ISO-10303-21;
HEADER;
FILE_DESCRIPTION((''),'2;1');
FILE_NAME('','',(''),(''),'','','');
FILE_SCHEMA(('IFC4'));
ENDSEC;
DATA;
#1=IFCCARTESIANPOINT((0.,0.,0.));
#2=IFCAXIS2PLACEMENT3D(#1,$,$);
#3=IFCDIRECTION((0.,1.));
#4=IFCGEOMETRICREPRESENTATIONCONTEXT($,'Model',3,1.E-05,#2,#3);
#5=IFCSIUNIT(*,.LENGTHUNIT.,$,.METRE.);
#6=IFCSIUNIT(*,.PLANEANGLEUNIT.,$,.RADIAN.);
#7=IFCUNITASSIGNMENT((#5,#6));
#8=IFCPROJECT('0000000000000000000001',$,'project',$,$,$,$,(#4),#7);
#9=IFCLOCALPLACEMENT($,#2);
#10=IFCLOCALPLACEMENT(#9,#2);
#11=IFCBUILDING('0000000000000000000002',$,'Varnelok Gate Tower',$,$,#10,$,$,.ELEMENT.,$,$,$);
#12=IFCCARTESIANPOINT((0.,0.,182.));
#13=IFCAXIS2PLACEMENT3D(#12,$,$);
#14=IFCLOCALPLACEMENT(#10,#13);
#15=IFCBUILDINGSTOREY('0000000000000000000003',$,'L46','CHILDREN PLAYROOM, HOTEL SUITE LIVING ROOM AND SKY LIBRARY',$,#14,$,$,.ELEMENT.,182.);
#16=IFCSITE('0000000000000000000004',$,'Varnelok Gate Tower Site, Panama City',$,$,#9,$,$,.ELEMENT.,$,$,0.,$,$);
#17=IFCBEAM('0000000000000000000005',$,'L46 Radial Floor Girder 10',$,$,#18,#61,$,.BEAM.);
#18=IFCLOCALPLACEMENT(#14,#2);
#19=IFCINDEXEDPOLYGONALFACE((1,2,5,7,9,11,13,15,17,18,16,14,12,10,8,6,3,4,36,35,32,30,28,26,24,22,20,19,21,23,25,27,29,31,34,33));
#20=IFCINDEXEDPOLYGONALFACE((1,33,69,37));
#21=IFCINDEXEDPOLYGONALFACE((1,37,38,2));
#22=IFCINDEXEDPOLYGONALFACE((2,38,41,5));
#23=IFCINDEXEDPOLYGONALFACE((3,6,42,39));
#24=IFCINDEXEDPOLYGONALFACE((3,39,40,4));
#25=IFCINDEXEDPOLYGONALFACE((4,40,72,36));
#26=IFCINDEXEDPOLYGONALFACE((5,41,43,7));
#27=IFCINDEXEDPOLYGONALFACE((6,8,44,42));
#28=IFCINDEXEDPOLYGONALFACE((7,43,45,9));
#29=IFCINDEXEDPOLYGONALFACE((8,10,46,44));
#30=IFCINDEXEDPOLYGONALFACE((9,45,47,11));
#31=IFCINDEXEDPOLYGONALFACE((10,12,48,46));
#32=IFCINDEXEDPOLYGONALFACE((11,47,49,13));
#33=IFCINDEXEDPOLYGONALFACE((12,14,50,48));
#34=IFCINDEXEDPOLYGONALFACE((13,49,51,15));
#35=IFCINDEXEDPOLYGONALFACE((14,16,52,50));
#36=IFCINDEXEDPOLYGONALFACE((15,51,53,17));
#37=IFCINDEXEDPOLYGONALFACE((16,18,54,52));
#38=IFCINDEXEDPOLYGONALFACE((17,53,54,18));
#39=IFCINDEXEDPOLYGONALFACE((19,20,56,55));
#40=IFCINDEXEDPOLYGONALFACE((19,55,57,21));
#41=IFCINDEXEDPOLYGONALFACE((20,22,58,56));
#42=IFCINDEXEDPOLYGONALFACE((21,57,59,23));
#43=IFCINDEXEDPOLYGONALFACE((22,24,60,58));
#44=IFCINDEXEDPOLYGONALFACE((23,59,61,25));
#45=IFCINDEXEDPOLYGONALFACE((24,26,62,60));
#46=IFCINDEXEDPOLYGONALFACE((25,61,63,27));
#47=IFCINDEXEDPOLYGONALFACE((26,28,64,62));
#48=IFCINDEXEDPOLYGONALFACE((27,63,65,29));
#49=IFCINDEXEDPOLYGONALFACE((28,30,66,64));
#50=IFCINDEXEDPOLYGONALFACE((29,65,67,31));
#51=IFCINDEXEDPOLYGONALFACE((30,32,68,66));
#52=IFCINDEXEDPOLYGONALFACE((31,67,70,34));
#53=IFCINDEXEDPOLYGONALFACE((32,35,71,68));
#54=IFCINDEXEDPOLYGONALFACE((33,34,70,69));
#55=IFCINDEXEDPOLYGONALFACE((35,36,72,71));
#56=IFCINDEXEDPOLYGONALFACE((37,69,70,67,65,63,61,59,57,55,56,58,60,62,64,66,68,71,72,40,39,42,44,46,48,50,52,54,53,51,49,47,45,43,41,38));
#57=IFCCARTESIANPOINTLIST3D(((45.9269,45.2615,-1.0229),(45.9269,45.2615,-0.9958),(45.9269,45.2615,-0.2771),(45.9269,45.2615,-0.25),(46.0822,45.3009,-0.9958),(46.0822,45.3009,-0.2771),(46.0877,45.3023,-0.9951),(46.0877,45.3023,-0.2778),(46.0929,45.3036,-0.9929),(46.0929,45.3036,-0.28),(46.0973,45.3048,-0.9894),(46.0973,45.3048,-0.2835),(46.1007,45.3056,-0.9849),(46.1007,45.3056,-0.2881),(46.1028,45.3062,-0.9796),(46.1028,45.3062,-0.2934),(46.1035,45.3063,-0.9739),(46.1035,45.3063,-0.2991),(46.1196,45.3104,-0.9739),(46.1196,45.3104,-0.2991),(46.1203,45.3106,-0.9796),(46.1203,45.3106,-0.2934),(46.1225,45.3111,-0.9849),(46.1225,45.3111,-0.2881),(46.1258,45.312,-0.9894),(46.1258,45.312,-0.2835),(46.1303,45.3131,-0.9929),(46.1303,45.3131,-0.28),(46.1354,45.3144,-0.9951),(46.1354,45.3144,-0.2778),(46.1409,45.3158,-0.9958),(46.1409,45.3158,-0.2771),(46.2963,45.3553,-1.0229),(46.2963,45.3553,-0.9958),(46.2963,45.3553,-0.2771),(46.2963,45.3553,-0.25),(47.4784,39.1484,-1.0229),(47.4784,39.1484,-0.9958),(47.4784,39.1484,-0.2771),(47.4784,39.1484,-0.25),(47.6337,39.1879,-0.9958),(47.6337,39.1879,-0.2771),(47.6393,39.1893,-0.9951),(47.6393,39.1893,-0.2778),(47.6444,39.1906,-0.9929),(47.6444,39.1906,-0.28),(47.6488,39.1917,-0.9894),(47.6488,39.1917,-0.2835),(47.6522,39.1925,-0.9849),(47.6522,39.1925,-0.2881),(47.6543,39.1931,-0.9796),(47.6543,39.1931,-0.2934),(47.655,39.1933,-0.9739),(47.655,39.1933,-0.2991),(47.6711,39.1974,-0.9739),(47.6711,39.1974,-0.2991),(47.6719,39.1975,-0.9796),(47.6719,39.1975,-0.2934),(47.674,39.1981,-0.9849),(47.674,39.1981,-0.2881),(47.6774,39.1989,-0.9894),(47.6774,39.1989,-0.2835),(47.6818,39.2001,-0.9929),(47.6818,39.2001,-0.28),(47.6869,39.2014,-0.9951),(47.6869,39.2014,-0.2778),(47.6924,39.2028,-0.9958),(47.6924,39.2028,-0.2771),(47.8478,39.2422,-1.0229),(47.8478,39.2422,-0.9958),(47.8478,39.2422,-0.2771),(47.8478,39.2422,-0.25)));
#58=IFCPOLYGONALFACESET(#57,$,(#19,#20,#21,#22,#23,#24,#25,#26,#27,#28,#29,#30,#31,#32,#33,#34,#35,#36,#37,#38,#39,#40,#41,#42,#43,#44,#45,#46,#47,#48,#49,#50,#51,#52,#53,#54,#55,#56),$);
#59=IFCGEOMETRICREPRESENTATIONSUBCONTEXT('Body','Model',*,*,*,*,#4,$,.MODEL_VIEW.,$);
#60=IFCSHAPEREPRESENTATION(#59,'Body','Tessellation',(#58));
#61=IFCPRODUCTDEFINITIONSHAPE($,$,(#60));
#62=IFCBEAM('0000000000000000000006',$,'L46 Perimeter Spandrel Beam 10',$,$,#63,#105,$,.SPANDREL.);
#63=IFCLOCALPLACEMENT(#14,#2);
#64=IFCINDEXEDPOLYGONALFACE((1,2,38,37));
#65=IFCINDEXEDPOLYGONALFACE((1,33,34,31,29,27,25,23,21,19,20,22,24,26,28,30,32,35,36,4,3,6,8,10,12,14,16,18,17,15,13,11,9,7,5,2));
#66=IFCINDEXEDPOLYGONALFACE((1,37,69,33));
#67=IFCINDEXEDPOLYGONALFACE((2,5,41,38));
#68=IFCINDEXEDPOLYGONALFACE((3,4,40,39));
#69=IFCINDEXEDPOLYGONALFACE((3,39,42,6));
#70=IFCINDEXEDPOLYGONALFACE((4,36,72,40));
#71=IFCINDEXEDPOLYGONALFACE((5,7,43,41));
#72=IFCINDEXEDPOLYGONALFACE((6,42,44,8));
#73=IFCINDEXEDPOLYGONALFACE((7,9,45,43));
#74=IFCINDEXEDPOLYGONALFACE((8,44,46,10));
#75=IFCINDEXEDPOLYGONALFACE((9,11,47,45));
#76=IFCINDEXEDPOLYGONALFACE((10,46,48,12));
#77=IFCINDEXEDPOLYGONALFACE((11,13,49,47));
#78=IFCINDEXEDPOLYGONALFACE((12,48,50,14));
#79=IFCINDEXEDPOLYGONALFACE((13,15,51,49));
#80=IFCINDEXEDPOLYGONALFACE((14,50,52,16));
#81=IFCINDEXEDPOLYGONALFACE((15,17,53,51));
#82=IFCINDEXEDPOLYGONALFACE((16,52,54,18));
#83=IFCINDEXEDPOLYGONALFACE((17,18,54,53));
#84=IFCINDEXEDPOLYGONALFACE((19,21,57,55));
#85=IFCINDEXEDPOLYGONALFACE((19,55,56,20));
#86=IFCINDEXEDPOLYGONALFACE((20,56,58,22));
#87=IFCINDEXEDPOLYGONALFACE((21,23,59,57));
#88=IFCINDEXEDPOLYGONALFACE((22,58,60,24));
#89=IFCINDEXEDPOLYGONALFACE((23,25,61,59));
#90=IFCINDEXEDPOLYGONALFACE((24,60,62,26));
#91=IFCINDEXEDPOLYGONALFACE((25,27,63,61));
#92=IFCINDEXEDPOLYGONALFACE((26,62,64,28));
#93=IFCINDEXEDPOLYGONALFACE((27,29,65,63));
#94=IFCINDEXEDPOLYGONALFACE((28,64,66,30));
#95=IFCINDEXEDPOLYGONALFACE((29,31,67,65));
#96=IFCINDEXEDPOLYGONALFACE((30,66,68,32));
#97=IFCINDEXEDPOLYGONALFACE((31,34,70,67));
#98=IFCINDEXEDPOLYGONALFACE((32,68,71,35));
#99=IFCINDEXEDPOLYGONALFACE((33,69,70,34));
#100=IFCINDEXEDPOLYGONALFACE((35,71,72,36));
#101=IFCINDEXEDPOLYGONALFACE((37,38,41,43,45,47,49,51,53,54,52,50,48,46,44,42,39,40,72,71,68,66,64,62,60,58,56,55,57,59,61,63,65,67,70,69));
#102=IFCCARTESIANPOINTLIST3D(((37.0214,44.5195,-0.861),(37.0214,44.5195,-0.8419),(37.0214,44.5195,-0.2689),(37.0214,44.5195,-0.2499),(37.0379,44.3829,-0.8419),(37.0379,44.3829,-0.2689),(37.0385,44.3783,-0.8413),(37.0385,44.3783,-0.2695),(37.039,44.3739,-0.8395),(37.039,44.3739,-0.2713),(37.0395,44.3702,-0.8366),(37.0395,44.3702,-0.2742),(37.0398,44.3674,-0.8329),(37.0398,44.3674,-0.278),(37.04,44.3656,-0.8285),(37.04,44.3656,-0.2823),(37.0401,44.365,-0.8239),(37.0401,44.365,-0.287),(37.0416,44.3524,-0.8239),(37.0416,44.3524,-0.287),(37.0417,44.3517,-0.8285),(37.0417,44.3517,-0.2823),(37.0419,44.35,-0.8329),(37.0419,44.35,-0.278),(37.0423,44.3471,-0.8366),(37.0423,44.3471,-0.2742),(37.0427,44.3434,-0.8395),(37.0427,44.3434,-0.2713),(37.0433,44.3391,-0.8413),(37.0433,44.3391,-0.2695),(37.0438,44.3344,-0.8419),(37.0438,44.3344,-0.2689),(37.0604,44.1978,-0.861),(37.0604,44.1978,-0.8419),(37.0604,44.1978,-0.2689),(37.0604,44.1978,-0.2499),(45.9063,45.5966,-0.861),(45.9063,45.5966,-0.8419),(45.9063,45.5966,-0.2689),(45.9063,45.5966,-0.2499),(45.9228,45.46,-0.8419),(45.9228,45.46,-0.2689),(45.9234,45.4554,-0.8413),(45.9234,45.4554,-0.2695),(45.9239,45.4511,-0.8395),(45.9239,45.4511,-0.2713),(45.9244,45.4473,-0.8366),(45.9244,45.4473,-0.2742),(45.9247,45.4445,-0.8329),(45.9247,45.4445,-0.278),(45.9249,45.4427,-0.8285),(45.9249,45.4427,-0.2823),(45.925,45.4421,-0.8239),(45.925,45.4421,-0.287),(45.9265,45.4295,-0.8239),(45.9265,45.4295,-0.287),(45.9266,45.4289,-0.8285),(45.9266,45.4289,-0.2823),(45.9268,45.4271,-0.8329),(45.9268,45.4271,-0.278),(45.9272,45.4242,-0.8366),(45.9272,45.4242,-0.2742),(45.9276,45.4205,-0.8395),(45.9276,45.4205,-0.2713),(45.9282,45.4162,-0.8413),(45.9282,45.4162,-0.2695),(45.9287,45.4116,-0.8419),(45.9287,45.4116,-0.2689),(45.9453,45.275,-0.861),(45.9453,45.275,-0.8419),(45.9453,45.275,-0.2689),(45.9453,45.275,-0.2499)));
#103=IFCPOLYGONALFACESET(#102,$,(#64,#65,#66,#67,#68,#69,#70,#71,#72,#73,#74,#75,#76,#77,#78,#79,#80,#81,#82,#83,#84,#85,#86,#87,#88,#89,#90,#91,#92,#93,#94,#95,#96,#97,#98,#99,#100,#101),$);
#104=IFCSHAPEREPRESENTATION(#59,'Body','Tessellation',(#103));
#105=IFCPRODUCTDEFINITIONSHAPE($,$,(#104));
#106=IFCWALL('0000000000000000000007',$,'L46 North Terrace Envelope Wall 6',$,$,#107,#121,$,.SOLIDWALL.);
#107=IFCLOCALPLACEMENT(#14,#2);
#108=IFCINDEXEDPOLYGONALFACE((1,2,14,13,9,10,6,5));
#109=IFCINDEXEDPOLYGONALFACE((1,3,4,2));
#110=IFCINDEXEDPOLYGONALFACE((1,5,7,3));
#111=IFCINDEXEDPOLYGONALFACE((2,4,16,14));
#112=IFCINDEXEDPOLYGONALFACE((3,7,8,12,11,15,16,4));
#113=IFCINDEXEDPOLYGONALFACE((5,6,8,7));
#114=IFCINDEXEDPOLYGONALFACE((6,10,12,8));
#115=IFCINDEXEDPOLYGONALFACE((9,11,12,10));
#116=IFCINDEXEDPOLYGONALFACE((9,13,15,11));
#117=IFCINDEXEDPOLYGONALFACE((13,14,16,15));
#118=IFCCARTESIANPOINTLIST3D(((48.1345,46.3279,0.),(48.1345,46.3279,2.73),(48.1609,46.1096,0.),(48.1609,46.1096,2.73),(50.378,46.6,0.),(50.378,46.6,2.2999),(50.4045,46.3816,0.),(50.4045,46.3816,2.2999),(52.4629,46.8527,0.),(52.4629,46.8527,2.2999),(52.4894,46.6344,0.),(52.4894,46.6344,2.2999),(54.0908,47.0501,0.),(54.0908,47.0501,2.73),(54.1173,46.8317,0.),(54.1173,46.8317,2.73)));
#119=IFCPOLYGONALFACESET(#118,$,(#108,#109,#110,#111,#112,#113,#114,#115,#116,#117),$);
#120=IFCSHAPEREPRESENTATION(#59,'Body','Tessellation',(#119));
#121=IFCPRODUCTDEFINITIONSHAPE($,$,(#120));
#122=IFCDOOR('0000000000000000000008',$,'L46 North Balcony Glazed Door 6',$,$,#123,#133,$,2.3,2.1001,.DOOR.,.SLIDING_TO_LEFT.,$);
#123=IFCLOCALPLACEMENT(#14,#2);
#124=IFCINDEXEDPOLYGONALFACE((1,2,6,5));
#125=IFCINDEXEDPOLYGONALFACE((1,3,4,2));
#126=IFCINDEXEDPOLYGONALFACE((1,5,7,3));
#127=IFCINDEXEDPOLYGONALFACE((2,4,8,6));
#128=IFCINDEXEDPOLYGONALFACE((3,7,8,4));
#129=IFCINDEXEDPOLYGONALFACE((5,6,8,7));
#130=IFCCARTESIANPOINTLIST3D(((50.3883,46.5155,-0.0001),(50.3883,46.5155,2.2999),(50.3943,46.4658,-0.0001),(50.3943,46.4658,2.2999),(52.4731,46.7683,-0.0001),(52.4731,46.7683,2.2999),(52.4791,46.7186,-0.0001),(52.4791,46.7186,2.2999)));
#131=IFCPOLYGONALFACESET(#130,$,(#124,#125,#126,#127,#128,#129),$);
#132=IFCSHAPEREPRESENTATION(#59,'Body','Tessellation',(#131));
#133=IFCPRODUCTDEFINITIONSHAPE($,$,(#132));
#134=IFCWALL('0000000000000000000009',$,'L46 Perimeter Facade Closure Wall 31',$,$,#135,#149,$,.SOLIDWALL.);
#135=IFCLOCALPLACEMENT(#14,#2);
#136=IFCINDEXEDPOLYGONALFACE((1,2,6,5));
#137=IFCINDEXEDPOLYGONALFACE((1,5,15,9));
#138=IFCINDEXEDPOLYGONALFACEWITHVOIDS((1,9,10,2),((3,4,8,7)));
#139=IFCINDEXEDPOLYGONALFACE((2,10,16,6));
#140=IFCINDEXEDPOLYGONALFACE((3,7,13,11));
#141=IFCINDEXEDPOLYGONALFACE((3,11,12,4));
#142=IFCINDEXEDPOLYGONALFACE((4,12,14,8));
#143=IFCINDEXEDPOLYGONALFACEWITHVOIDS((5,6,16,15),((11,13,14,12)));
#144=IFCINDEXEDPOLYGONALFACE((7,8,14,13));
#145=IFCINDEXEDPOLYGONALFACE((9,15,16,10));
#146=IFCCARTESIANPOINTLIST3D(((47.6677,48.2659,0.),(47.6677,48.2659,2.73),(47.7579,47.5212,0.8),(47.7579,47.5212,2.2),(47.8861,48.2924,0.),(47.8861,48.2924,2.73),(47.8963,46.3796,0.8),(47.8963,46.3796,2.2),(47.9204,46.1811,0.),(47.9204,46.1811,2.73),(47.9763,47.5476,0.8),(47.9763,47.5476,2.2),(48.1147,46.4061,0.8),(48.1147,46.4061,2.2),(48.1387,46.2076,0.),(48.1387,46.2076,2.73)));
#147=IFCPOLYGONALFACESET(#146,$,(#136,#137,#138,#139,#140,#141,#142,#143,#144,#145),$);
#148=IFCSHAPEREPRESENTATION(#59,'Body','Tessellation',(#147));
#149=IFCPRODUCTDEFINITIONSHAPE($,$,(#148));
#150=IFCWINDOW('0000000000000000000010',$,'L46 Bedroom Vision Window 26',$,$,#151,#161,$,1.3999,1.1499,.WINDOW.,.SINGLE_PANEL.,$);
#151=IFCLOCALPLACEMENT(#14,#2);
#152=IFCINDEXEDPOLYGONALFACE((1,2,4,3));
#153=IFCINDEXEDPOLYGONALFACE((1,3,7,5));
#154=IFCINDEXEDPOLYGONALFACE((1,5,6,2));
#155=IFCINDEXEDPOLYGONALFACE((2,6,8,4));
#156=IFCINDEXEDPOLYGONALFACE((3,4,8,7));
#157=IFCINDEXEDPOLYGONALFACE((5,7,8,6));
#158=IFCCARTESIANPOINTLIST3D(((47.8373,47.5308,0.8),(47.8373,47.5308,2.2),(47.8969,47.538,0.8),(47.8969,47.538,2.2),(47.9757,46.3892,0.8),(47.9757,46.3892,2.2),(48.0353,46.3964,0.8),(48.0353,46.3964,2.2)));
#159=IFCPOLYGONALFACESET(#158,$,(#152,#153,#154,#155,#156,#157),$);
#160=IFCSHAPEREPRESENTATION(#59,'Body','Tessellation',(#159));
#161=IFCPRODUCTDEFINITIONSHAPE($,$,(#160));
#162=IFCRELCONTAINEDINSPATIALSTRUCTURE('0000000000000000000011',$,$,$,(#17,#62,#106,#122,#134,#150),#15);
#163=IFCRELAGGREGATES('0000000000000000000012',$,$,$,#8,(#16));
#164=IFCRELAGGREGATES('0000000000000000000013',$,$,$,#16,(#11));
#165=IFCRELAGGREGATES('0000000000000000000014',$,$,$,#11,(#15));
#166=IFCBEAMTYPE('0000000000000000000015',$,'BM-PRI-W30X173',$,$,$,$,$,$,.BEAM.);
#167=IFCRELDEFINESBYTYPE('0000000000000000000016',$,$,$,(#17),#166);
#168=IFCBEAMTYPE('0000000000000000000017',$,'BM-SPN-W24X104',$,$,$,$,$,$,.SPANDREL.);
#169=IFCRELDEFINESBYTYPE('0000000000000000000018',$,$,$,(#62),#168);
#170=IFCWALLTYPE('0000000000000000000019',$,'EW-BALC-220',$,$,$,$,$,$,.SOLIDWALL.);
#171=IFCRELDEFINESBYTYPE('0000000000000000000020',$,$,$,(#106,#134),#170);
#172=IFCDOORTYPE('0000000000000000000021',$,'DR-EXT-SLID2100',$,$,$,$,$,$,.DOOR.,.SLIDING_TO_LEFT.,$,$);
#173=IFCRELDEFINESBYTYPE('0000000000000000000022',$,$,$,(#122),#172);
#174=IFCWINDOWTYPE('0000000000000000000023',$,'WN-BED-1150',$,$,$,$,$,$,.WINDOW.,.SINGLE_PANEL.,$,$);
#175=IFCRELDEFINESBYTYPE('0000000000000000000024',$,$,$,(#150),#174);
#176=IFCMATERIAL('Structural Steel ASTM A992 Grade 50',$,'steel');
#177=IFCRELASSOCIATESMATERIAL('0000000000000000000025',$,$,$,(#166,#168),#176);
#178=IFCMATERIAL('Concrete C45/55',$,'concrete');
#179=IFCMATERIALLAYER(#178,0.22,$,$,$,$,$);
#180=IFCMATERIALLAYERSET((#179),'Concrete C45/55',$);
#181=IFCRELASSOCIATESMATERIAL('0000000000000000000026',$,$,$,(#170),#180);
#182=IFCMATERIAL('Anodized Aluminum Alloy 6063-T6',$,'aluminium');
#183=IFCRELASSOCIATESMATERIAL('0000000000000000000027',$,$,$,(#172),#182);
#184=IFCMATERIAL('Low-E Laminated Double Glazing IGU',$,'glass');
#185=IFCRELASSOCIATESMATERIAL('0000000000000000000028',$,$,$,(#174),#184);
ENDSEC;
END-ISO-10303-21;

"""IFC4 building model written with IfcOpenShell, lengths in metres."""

from ifc_helpers import new_model, si_unit, direction, frame, frame_2d, origin, origin_2d, place, context, subcontext, project, spatial, rectangle, i_section, extrude, material, layer, layer_set, material_profile, profile_set, type_object, element, fill, save


model = new_model("IFC4")

# Units and contexts
model_context = context("Model", 3, precision=1e-05, world=origin(), true_north=direction((0.0, 1.0)))
body_context = subcontext(model_context, "Body", "Model", "MODEL_VIEW")
ifc_project = project(units=[si_unit("LENGTHUNIT", "METRE"), si_unit("PLANEANGLEUNIT", "RADIAN")], contexts=[model_context])

# Site, building, storey
site_placement = place(None, origin())
site = spatial("IfcSite", under=ifc_project, at=site_placement, Name="Varnelok Gate Tower Site, Panama City", CompositionType="ELEMENT", RefElevation=0.0)
building_placement = place(site_placement, origin())
building = spatial("IfcBuilding", under=site, at=building_placement, Name="Varnelok Gate Tower", CompositionType="ELEMENT")
storey_placement = place(building_placement, frame((0.0, 0.0, 182.0)))
storey = spatial("IfcBuildingStorey", under=building, at=storey_placement, Name="L46", Description="CHILDREN PLAYROOM, HOTEL SUITE LIVING ROOM AND SKY LIBRARY", CompositionType="ELEMENT", Elevation=182.0)

# Shared definitions
ifc_material_1 = material(Name="Structural Steel ASTM A992 Grade 50", Category="steel")

# Beams
ifc_material_profile_1 = material_profile(ifc_material_1, i_section(OverallWidth=0.3811, OverallDepth=0.7729, WebThickness=0.0166, FlangeThickness=0.0271, FilletRadius=0.022, at=origin_2d()), Name="W30X173")
ifc_profile_set_1 = profile_set([ifc_material_profile_1], Name="Structural Steel ASTM A992 Grade 50")
beam_type_1 = type_object("IfcBeamType", Name="BM-PRI-W30X173", PredefinedType="BEAM", material=ifc_profile_set_1)
beam_1_placement = place(storey_placement, frame((47.6631, 39.1953, -0.6365), z_axis=(-0.246004, 0.969269, 0.0), x_axis=(-0.969269, -0.246004, 0.0)))
element("IfcBeam", 1, at=beam_1_placement, inside=storey, type_object=beam_type_1, Name="L46 Radial Floor Girder 10", PredefinedType="BEAM", context=body_context, shape_type="SweptSolid", body=[
    extrude(i_section(OverallWidth=0.3811, OverallDepth=0.7729, WebThickness=0.0166, FlangeThickness=0.0271, FilletRadius=0.022, at=origin_2d()), origin(), (0.0, 0.0, 1.0), 6.3069),
])
ifc_material_profile_2 = material_profile(ifc_material_1, i_section(OverallWidth=0.324, OverallDepth=0.6111, WebThickness=0.0127, FlangeThickness=0.019, FilletRadius=0.0181, at=origin_2d()), Name="W24X104")
ifc_profile_set_2 = profile_set([ifc_material_profile_2], Name="Structural Steel ASTM A992 Grade 50")
beam_type_2 = type_object("IfcBeamType", Name="BM-SPN-W24X104", PredefinedType="SPANDREL", material=ifc_profile_set_2)
beam_2_placement = place(storey_placement, frame((45.9258, 45.4358, -0.5554), z_axis=(-0.992731, -0.120351, 0.0), x_axis=(0.120351, -0.992731, 0.0)))
element("IfcBeam", 2, at=beam_2_placement, inside=storey, type_object=beam_type_2, Name="L46 Perimeter Spandrel Beam 10", PredefinedType="SPANDREL", context=body_context, shape_type="SweptSolid", body=[
    extrude(i_section(OverallWidth=0.324, OverallDepth=0.6111, WebThickness=0.0127, FlangeThickness=0.019, FilletRadius=0.0181, at=origin_2d()), origin(), (0.0, 0.0, 1.0), 8.95),
])

# Wall, opening, door
ifc_material_2 = material(Name="Concrete C45/55", Category="concrete")
ifc_layer_1 = layer(ifc_material_2, 0.22)
ifc_layer_set_1 = layer_set([ifc_layer_1], Name="Concrete C45/55")
wall_type_1 = type_object("IfcWallType", Name="EW-BALC-220", PredefinedType="SOLIDWALL", material=ifc_layer_set_1)
wall_1_placement = place(storey_placement, frame((48.1477, 46.2188, 0.0), z_axis=(0.0, 0.0, 1.0), x_axis=(0.99273, 0.120363, 0.0)))
wall_1 = element("IfcWall", 3, at=wall_1_placement, inside=storey, type_object=wall_type_1, Name="L46 North Terrace Envelope Wall 6", PredefinedType="SOLIDWALL", context=body_context, shape_type="SweptSolid", body=[
    extrude(rectangle(XDim=6.0, YDim=0.22, at=frame_2d((3.0, 0.0))), origin(), (0.0, 0.0, 1.0), 2.73),
])
opening_1_placement = place(wall_1_placement, frame((2.26, 0.0, 0.0)))
opening_1 = element("IfcOpeningElement", 4, at=opening_1_placement, cuts=wall_1, PredefinedType="OPENING", context=body_context, shape_type="SweptSolid", body=[
    extrude(rectangle(XDim=2.1001, YDim=2.3, at=frame_2d((1.05, 1.1499))), frame((0.0, 0.1199, 0.0), z_axis=(0.0, -1.0, 0.0), x_axis=(1.0, 0.0, 0.0)), (0.0, 0.0, 1.0), 0.24),
])
ifc_material_3 = material(Name="Anodized Aluminum Alloy 6063-T6", Category="aluminium")
door_type_1 = type_object("IfcDoorType", Name="DR-EXT-SLID2100", OperationType="SLIDING_TO_LEFT", PredefinedType="DOOR", material=ifc_material_3)
door_1_placement = place(opening_1_placement, origin())
door_1 = element("IfcDoor", 5, at=door_1_placement, inside=storey, type_object=door_type_1, Name="L46 North Balcony Glazed Door 6", OperationType="SLIDING_TO_LEFT", OverallHeight=2.3, OverallWidth=2.1001, PredefinedType="DOOR", context=body_context, shape_type="SweptSolid", body=[
    extrude(rectangle(XDim=2.1001, YDim=2.3, at=frame_2d((1.05, 1.1499))), frame((0.0, 0.0249, 0.0), z_axis=(0.0, -1.0, 0.0), x_axis=(1.0, 0.0, 0.0)), (0.0, 0.0, 1.0), 0.05),
])
fill(opening_1, door_1)

# Wall, opening, window
wall_2_placement = place(storey_placement, frame((48.0295, 46.1943, 0.0), z_axis=(0.0, 0.0, 1.0), x_axis=(-0.120314, 0.992736, 0.0)))
wall_2 = element("IfcWall", 6, at=wall_2_placement, inside=storey, type_object=wall_type_1, Name="L46 Perimeter Facade Closure Wall 31", PredefinedType="SOLIDWALL", context=body_context, shape_type="SweptSolid", body=[
    extrude(rectangle(XDim=2.1001, YDim=0.22, at=frame_2d((1.05, 0.0))), origin(), (0.0, 0.0, 1.0), 2.73),
])
opening_2_placement = place(wall_2_placement, frame((0.2, 0.0, 0.8)))
opening_2 = element("IfcOpeningElement", 7, at=opening_2_placement, cuts=wall_2, PredefinedType="OPENING", context=body_context, shape_type="SweptSolid", body=[
    extrude(rectangle(XDim=1.1499, YDim=1.3999, at=frame_2d((0.575, 0.7))), frame((0.0, 0.1199, 0.0), z_axis=(0.0, -1.0, 0.0), x_axis=(1.0, 0.0, 0.0)), (0.0, 0.0, 1.0), 0.24),
])
ifc_material_4 = material(Name="Low-E Laminated Double Glazing IGU", Category="glass")
window_type_1 = type_object("IfcWindowType", Name="WN-BED-1150", PartitioningType="SINGLE_PANEL", PredefinedType="WINDOW", material=ifc_material_4)
window_1_placement = place(opening_2_placement, origin())
window_1 = element("IfcWindow", 8, at=window_1_placement, inside=storey, type_object=window_type_1, Name="L46 Bedroom Vision Window 26", OverallHeight=1.3999, OverallWidth=1.1499, PartitioningType="SINGLE_PANEL", PredefinedType="WINDOW", context=body_context, shape_type="SweptSolid", body=[
    extrude(rectangle(XDim=1.1499, YDim=1.3999, at=frame_2d((0.575, 0.7))), frame((0.0, 0.03, 0.0), z_axis=(0.0, -1.0, 0.0), x_axis=(1.0, 0.0, 0.0)), (0.0, 0.0, 1.0), 0.0601),
])
fill(opening_2, window_1)

save(model, "model.ifc")
